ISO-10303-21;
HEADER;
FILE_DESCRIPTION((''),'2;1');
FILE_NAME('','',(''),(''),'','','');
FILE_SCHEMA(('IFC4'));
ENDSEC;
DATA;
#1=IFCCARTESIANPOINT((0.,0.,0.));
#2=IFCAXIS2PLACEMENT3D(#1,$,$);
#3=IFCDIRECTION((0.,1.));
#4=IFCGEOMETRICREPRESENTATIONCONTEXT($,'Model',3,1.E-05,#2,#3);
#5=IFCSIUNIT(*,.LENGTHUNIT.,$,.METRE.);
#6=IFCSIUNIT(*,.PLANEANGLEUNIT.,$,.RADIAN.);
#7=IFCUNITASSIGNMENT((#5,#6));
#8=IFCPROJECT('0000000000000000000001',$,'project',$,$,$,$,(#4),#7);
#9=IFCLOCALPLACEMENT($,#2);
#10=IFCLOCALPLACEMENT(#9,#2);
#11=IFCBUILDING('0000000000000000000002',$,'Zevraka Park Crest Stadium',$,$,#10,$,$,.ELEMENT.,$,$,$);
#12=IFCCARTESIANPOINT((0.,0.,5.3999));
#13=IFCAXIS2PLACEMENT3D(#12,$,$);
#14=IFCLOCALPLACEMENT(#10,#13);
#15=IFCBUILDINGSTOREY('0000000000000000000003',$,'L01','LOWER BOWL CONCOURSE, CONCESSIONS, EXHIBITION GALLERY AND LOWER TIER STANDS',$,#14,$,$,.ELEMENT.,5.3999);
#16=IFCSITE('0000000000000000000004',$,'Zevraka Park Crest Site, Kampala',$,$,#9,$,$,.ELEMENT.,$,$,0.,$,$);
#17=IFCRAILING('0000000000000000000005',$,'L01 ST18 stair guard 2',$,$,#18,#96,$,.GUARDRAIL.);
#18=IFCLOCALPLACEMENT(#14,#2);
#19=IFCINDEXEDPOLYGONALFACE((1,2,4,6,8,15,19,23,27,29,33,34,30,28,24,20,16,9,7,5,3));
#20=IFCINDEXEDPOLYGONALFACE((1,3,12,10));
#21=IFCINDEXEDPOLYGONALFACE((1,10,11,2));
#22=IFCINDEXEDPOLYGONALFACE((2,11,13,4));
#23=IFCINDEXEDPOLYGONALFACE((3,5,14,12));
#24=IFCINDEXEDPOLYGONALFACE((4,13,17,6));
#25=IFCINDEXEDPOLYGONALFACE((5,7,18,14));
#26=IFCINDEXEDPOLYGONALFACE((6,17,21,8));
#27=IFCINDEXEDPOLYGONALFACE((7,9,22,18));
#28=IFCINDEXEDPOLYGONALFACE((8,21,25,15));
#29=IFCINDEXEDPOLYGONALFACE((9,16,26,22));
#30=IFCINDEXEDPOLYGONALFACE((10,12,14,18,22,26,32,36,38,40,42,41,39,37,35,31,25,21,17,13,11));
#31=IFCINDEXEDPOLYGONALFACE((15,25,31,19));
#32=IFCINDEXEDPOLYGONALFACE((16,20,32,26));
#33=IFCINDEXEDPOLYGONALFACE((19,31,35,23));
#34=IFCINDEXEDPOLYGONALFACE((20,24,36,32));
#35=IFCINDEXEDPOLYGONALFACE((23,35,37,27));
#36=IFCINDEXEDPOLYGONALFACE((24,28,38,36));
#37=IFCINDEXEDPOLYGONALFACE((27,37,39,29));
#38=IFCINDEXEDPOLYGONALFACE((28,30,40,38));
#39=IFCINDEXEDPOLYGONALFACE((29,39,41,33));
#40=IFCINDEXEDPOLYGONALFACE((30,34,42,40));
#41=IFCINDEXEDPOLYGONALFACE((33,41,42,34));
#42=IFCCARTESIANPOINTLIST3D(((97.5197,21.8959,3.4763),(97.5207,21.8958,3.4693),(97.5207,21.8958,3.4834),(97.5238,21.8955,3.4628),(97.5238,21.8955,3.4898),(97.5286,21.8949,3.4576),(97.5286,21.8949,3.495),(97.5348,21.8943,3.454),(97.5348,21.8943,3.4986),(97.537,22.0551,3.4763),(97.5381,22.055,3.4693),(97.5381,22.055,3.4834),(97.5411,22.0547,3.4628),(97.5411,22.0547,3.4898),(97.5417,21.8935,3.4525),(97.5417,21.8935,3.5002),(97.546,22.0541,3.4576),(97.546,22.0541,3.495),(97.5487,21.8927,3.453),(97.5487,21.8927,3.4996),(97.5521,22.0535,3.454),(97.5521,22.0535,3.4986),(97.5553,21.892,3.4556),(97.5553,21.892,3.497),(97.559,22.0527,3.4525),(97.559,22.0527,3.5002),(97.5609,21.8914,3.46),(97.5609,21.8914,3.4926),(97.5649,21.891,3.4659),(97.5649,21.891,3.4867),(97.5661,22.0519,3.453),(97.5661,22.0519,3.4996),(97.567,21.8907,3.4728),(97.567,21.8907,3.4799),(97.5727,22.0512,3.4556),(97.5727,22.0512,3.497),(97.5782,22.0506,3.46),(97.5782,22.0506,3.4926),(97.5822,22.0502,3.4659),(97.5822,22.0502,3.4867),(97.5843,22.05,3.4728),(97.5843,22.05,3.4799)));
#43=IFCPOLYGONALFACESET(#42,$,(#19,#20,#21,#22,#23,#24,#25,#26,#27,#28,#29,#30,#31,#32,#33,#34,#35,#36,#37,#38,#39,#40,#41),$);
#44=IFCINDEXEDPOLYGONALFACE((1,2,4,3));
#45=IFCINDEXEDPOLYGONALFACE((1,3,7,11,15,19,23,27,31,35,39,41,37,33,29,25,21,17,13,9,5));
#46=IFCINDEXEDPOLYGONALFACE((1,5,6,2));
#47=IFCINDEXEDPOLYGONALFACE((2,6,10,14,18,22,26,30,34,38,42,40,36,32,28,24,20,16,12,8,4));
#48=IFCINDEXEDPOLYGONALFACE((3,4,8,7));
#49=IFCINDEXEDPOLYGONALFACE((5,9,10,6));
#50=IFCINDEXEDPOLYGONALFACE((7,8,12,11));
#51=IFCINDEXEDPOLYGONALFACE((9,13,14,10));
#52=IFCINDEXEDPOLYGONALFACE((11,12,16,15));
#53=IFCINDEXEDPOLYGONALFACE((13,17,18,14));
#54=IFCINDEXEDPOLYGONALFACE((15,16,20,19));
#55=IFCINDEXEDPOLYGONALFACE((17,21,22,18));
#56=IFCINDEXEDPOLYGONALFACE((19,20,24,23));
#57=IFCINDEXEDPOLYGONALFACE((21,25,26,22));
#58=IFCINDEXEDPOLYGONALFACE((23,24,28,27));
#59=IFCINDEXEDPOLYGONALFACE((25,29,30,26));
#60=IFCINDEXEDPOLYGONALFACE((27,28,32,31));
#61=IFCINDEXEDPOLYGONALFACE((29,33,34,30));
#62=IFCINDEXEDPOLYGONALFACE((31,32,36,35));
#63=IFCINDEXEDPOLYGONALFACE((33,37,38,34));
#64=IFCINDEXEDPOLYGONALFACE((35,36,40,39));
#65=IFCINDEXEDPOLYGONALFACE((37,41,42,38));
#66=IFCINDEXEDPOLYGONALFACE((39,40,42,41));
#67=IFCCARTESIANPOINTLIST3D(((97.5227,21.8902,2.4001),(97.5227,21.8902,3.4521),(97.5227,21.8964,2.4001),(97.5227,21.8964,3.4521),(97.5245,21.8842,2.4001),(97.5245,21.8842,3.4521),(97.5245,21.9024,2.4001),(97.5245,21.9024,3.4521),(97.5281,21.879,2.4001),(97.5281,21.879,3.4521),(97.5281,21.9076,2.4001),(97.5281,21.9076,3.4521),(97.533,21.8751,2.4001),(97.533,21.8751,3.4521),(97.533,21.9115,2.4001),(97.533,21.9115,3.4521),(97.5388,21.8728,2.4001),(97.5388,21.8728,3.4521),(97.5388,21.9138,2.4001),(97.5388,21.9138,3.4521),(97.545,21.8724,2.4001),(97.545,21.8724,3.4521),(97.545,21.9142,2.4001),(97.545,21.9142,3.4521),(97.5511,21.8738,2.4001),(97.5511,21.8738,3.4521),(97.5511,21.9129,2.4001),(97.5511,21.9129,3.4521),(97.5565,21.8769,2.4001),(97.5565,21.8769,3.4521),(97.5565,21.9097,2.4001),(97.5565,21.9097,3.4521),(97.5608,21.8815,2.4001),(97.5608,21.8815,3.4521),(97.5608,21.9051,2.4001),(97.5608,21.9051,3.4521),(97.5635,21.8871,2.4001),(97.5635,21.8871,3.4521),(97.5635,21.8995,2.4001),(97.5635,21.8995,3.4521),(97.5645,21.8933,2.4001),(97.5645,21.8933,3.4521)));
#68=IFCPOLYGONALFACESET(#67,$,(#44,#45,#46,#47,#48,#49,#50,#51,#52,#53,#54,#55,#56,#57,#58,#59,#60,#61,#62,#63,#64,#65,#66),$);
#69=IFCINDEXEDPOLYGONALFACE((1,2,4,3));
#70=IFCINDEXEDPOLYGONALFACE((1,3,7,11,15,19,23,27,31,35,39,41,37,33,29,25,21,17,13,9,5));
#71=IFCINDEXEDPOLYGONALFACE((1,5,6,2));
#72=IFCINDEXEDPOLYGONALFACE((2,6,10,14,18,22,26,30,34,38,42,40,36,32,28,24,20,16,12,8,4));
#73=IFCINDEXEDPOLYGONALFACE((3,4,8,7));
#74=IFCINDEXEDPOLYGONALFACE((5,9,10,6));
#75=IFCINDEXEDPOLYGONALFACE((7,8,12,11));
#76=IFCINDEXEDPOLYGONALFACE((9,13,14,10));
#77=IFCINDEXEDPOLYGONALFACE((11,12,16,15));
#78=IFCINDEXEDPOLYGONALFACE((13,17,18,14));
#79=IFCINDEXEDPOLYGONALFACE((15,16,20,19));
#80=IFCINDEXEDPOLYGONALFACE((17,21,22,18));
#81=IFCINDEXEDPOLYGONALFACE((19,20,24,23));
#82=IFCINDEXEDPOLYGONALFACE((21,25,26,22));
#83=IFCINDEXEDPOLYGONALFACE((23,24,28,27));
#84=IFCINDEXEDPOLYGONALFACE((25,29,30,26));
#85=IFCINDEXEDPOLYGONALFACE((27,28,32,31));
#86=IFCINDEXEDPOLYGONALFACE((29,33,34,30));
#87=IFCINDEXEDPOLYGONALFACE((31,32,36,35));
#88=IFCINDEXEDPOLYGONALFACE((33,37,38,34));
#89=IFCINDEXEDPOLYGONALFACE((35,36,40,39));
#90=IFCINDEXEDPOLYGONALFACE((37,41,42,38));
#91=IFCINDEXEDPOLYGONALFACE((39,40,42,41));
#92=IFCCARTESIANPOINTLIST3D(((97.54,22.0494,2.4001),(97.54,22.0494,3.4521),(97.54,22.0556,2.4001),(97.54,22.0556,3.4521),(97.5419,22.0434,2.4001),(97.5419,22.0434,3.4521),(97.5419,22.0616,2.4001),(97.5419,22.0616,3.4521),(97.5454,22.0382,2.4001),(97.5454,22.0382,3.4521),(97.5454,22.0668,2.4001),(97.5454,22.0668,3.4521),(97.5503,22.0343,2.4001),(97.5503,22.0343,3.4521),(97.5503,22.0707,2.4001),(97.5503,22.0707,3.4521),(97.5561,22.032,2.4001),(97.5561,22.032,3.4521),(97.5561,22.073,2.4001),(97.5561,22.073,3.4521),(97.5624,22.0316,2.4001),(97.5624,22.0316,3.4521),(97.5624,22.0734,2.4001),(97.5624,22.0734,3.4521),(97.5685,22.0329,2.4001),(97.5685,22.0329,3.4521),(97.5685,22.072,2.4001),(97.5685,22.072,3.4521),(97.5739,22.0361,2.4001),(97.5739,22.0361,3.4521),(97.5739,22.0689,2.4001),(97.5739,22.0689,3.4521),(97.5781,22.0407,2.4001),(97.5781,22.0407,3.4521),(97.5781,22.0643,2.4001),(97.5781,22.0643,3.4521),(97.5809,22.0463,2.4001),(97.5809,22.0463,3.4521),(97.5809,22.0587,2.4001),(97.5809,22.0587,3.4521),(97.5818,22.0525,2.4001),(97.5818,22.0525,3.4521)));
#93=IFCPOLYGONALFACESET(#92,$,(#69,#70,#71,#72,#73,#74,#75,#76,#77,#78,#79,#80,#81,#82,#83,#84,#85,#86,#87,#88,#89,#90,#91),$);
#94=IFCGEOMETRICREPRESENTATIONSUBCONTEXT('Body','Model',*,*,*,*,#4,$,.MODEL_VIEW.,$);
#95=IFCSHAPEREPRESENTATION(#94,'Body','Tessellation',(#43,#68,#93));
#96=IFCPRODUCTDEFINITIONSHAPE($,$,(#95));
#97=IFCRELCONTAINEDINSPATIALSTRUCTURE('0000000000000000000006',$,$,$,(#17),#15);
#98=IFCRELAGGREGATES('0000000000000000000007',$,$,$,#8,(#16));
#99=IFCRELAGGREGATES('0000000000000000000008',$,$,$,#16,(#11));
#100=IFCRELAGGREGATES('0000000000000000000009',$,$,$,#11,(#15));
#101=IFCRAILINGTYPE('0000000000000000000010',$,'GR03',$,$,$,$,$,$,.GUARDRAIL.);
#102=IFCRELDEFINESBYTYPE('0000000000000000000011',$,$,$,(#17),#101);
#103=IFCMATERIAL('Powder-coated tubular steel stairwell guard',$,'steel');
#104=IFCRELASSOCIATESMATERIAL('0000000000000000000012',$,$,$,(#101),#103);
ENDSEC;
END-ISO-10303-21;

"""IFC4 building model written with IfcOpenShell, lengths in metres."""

from ifc_helpers import new_model, si_unit, direction, frame, origin, origin_2d, place, context, subcontext, project, spatial, circle, extrude, material, type_object, element, save


model = new_model("IFC4")

# Units and contexts
model_context = context("Model", 3, precision=1e-05, world=origin(), true_north=direction((0.0, 1.0)))
body_context = subcontext(model_context, "Body", "Model", "MODEL_VIEW")
ifc_project = project(units=[si_unit("LENGTHUNIT", "METRE"), si_unit("PLANEANGLEUNIT", "RADIAN")], contexts=[model_context])

# Site, building, storey
site_placement = place(None, origin())
site = spatial("IfcSite", under=ifc_project, at=site_placement, Name="Zevraka Park Crest Site, Kampala", CompositionType="ELEMENT", RefElevation=0.0)
building_placement = place(site_placement, origin())
building = spatial("IfcBuilding", under=site, at=building_placement, Name="Zevraka Park Crest Stadium", CompositionType="ELEMENT")
storey_placement = place(building_placement, frame((0.0, 0.0, 5.3999)))
storey = spatial("IfcBuildingStorey", under=building, at=storey_placement, Name="L01", Description="LOWER BOWL CONCOURSE, CONCESSIONS, EXHIBITION GALLERY AND LOWER TIER STANDS", CompositionType="ELEMENT", Elevation=5.3999)

# Railing
ifc_material_1 = material(Name="Powder-coated tubular steel stairwell guard", Category="steel")
railing_type_1 = type_object("IfcRailingType", Name="GR03", PredefinedType="GUARDRAIL", material=ifc_material_1)
railing_1_placement = place(storey_placement, frame((97.5435, 21.8933, 2.4001)))
element("IfcRailing", 1, at=railing_1_placement, inside=storey, type_object=railing_type_1, Name="L01 ST18 stair guard 2", PredefinedType="GUARDRAIL", context=body_context, shape_type="SweptSolid", body=[
    extrude(circle(Radius=0.0239, at=origin_2d()), frame((0.0, 0.0, 1.0762), z_axis=(0.108256, 0.994123, 0.0), x_axis=(-0.994123, 0.108256, 0.0)), (0.0, 0.0, 1.0), 0.1602),
    extrude(circle(Radius=0.021, at=origin_2d()), origin(), (0.0, 0.0, 1.0), 1.052),
    extrude(circle(Radius=0.021, at=origin_2d()), frame((0.0173, 0.1592, 0.0)), (0.0, 0.0, 1.0), 1.052),
])

save(model, "model.ifc")
